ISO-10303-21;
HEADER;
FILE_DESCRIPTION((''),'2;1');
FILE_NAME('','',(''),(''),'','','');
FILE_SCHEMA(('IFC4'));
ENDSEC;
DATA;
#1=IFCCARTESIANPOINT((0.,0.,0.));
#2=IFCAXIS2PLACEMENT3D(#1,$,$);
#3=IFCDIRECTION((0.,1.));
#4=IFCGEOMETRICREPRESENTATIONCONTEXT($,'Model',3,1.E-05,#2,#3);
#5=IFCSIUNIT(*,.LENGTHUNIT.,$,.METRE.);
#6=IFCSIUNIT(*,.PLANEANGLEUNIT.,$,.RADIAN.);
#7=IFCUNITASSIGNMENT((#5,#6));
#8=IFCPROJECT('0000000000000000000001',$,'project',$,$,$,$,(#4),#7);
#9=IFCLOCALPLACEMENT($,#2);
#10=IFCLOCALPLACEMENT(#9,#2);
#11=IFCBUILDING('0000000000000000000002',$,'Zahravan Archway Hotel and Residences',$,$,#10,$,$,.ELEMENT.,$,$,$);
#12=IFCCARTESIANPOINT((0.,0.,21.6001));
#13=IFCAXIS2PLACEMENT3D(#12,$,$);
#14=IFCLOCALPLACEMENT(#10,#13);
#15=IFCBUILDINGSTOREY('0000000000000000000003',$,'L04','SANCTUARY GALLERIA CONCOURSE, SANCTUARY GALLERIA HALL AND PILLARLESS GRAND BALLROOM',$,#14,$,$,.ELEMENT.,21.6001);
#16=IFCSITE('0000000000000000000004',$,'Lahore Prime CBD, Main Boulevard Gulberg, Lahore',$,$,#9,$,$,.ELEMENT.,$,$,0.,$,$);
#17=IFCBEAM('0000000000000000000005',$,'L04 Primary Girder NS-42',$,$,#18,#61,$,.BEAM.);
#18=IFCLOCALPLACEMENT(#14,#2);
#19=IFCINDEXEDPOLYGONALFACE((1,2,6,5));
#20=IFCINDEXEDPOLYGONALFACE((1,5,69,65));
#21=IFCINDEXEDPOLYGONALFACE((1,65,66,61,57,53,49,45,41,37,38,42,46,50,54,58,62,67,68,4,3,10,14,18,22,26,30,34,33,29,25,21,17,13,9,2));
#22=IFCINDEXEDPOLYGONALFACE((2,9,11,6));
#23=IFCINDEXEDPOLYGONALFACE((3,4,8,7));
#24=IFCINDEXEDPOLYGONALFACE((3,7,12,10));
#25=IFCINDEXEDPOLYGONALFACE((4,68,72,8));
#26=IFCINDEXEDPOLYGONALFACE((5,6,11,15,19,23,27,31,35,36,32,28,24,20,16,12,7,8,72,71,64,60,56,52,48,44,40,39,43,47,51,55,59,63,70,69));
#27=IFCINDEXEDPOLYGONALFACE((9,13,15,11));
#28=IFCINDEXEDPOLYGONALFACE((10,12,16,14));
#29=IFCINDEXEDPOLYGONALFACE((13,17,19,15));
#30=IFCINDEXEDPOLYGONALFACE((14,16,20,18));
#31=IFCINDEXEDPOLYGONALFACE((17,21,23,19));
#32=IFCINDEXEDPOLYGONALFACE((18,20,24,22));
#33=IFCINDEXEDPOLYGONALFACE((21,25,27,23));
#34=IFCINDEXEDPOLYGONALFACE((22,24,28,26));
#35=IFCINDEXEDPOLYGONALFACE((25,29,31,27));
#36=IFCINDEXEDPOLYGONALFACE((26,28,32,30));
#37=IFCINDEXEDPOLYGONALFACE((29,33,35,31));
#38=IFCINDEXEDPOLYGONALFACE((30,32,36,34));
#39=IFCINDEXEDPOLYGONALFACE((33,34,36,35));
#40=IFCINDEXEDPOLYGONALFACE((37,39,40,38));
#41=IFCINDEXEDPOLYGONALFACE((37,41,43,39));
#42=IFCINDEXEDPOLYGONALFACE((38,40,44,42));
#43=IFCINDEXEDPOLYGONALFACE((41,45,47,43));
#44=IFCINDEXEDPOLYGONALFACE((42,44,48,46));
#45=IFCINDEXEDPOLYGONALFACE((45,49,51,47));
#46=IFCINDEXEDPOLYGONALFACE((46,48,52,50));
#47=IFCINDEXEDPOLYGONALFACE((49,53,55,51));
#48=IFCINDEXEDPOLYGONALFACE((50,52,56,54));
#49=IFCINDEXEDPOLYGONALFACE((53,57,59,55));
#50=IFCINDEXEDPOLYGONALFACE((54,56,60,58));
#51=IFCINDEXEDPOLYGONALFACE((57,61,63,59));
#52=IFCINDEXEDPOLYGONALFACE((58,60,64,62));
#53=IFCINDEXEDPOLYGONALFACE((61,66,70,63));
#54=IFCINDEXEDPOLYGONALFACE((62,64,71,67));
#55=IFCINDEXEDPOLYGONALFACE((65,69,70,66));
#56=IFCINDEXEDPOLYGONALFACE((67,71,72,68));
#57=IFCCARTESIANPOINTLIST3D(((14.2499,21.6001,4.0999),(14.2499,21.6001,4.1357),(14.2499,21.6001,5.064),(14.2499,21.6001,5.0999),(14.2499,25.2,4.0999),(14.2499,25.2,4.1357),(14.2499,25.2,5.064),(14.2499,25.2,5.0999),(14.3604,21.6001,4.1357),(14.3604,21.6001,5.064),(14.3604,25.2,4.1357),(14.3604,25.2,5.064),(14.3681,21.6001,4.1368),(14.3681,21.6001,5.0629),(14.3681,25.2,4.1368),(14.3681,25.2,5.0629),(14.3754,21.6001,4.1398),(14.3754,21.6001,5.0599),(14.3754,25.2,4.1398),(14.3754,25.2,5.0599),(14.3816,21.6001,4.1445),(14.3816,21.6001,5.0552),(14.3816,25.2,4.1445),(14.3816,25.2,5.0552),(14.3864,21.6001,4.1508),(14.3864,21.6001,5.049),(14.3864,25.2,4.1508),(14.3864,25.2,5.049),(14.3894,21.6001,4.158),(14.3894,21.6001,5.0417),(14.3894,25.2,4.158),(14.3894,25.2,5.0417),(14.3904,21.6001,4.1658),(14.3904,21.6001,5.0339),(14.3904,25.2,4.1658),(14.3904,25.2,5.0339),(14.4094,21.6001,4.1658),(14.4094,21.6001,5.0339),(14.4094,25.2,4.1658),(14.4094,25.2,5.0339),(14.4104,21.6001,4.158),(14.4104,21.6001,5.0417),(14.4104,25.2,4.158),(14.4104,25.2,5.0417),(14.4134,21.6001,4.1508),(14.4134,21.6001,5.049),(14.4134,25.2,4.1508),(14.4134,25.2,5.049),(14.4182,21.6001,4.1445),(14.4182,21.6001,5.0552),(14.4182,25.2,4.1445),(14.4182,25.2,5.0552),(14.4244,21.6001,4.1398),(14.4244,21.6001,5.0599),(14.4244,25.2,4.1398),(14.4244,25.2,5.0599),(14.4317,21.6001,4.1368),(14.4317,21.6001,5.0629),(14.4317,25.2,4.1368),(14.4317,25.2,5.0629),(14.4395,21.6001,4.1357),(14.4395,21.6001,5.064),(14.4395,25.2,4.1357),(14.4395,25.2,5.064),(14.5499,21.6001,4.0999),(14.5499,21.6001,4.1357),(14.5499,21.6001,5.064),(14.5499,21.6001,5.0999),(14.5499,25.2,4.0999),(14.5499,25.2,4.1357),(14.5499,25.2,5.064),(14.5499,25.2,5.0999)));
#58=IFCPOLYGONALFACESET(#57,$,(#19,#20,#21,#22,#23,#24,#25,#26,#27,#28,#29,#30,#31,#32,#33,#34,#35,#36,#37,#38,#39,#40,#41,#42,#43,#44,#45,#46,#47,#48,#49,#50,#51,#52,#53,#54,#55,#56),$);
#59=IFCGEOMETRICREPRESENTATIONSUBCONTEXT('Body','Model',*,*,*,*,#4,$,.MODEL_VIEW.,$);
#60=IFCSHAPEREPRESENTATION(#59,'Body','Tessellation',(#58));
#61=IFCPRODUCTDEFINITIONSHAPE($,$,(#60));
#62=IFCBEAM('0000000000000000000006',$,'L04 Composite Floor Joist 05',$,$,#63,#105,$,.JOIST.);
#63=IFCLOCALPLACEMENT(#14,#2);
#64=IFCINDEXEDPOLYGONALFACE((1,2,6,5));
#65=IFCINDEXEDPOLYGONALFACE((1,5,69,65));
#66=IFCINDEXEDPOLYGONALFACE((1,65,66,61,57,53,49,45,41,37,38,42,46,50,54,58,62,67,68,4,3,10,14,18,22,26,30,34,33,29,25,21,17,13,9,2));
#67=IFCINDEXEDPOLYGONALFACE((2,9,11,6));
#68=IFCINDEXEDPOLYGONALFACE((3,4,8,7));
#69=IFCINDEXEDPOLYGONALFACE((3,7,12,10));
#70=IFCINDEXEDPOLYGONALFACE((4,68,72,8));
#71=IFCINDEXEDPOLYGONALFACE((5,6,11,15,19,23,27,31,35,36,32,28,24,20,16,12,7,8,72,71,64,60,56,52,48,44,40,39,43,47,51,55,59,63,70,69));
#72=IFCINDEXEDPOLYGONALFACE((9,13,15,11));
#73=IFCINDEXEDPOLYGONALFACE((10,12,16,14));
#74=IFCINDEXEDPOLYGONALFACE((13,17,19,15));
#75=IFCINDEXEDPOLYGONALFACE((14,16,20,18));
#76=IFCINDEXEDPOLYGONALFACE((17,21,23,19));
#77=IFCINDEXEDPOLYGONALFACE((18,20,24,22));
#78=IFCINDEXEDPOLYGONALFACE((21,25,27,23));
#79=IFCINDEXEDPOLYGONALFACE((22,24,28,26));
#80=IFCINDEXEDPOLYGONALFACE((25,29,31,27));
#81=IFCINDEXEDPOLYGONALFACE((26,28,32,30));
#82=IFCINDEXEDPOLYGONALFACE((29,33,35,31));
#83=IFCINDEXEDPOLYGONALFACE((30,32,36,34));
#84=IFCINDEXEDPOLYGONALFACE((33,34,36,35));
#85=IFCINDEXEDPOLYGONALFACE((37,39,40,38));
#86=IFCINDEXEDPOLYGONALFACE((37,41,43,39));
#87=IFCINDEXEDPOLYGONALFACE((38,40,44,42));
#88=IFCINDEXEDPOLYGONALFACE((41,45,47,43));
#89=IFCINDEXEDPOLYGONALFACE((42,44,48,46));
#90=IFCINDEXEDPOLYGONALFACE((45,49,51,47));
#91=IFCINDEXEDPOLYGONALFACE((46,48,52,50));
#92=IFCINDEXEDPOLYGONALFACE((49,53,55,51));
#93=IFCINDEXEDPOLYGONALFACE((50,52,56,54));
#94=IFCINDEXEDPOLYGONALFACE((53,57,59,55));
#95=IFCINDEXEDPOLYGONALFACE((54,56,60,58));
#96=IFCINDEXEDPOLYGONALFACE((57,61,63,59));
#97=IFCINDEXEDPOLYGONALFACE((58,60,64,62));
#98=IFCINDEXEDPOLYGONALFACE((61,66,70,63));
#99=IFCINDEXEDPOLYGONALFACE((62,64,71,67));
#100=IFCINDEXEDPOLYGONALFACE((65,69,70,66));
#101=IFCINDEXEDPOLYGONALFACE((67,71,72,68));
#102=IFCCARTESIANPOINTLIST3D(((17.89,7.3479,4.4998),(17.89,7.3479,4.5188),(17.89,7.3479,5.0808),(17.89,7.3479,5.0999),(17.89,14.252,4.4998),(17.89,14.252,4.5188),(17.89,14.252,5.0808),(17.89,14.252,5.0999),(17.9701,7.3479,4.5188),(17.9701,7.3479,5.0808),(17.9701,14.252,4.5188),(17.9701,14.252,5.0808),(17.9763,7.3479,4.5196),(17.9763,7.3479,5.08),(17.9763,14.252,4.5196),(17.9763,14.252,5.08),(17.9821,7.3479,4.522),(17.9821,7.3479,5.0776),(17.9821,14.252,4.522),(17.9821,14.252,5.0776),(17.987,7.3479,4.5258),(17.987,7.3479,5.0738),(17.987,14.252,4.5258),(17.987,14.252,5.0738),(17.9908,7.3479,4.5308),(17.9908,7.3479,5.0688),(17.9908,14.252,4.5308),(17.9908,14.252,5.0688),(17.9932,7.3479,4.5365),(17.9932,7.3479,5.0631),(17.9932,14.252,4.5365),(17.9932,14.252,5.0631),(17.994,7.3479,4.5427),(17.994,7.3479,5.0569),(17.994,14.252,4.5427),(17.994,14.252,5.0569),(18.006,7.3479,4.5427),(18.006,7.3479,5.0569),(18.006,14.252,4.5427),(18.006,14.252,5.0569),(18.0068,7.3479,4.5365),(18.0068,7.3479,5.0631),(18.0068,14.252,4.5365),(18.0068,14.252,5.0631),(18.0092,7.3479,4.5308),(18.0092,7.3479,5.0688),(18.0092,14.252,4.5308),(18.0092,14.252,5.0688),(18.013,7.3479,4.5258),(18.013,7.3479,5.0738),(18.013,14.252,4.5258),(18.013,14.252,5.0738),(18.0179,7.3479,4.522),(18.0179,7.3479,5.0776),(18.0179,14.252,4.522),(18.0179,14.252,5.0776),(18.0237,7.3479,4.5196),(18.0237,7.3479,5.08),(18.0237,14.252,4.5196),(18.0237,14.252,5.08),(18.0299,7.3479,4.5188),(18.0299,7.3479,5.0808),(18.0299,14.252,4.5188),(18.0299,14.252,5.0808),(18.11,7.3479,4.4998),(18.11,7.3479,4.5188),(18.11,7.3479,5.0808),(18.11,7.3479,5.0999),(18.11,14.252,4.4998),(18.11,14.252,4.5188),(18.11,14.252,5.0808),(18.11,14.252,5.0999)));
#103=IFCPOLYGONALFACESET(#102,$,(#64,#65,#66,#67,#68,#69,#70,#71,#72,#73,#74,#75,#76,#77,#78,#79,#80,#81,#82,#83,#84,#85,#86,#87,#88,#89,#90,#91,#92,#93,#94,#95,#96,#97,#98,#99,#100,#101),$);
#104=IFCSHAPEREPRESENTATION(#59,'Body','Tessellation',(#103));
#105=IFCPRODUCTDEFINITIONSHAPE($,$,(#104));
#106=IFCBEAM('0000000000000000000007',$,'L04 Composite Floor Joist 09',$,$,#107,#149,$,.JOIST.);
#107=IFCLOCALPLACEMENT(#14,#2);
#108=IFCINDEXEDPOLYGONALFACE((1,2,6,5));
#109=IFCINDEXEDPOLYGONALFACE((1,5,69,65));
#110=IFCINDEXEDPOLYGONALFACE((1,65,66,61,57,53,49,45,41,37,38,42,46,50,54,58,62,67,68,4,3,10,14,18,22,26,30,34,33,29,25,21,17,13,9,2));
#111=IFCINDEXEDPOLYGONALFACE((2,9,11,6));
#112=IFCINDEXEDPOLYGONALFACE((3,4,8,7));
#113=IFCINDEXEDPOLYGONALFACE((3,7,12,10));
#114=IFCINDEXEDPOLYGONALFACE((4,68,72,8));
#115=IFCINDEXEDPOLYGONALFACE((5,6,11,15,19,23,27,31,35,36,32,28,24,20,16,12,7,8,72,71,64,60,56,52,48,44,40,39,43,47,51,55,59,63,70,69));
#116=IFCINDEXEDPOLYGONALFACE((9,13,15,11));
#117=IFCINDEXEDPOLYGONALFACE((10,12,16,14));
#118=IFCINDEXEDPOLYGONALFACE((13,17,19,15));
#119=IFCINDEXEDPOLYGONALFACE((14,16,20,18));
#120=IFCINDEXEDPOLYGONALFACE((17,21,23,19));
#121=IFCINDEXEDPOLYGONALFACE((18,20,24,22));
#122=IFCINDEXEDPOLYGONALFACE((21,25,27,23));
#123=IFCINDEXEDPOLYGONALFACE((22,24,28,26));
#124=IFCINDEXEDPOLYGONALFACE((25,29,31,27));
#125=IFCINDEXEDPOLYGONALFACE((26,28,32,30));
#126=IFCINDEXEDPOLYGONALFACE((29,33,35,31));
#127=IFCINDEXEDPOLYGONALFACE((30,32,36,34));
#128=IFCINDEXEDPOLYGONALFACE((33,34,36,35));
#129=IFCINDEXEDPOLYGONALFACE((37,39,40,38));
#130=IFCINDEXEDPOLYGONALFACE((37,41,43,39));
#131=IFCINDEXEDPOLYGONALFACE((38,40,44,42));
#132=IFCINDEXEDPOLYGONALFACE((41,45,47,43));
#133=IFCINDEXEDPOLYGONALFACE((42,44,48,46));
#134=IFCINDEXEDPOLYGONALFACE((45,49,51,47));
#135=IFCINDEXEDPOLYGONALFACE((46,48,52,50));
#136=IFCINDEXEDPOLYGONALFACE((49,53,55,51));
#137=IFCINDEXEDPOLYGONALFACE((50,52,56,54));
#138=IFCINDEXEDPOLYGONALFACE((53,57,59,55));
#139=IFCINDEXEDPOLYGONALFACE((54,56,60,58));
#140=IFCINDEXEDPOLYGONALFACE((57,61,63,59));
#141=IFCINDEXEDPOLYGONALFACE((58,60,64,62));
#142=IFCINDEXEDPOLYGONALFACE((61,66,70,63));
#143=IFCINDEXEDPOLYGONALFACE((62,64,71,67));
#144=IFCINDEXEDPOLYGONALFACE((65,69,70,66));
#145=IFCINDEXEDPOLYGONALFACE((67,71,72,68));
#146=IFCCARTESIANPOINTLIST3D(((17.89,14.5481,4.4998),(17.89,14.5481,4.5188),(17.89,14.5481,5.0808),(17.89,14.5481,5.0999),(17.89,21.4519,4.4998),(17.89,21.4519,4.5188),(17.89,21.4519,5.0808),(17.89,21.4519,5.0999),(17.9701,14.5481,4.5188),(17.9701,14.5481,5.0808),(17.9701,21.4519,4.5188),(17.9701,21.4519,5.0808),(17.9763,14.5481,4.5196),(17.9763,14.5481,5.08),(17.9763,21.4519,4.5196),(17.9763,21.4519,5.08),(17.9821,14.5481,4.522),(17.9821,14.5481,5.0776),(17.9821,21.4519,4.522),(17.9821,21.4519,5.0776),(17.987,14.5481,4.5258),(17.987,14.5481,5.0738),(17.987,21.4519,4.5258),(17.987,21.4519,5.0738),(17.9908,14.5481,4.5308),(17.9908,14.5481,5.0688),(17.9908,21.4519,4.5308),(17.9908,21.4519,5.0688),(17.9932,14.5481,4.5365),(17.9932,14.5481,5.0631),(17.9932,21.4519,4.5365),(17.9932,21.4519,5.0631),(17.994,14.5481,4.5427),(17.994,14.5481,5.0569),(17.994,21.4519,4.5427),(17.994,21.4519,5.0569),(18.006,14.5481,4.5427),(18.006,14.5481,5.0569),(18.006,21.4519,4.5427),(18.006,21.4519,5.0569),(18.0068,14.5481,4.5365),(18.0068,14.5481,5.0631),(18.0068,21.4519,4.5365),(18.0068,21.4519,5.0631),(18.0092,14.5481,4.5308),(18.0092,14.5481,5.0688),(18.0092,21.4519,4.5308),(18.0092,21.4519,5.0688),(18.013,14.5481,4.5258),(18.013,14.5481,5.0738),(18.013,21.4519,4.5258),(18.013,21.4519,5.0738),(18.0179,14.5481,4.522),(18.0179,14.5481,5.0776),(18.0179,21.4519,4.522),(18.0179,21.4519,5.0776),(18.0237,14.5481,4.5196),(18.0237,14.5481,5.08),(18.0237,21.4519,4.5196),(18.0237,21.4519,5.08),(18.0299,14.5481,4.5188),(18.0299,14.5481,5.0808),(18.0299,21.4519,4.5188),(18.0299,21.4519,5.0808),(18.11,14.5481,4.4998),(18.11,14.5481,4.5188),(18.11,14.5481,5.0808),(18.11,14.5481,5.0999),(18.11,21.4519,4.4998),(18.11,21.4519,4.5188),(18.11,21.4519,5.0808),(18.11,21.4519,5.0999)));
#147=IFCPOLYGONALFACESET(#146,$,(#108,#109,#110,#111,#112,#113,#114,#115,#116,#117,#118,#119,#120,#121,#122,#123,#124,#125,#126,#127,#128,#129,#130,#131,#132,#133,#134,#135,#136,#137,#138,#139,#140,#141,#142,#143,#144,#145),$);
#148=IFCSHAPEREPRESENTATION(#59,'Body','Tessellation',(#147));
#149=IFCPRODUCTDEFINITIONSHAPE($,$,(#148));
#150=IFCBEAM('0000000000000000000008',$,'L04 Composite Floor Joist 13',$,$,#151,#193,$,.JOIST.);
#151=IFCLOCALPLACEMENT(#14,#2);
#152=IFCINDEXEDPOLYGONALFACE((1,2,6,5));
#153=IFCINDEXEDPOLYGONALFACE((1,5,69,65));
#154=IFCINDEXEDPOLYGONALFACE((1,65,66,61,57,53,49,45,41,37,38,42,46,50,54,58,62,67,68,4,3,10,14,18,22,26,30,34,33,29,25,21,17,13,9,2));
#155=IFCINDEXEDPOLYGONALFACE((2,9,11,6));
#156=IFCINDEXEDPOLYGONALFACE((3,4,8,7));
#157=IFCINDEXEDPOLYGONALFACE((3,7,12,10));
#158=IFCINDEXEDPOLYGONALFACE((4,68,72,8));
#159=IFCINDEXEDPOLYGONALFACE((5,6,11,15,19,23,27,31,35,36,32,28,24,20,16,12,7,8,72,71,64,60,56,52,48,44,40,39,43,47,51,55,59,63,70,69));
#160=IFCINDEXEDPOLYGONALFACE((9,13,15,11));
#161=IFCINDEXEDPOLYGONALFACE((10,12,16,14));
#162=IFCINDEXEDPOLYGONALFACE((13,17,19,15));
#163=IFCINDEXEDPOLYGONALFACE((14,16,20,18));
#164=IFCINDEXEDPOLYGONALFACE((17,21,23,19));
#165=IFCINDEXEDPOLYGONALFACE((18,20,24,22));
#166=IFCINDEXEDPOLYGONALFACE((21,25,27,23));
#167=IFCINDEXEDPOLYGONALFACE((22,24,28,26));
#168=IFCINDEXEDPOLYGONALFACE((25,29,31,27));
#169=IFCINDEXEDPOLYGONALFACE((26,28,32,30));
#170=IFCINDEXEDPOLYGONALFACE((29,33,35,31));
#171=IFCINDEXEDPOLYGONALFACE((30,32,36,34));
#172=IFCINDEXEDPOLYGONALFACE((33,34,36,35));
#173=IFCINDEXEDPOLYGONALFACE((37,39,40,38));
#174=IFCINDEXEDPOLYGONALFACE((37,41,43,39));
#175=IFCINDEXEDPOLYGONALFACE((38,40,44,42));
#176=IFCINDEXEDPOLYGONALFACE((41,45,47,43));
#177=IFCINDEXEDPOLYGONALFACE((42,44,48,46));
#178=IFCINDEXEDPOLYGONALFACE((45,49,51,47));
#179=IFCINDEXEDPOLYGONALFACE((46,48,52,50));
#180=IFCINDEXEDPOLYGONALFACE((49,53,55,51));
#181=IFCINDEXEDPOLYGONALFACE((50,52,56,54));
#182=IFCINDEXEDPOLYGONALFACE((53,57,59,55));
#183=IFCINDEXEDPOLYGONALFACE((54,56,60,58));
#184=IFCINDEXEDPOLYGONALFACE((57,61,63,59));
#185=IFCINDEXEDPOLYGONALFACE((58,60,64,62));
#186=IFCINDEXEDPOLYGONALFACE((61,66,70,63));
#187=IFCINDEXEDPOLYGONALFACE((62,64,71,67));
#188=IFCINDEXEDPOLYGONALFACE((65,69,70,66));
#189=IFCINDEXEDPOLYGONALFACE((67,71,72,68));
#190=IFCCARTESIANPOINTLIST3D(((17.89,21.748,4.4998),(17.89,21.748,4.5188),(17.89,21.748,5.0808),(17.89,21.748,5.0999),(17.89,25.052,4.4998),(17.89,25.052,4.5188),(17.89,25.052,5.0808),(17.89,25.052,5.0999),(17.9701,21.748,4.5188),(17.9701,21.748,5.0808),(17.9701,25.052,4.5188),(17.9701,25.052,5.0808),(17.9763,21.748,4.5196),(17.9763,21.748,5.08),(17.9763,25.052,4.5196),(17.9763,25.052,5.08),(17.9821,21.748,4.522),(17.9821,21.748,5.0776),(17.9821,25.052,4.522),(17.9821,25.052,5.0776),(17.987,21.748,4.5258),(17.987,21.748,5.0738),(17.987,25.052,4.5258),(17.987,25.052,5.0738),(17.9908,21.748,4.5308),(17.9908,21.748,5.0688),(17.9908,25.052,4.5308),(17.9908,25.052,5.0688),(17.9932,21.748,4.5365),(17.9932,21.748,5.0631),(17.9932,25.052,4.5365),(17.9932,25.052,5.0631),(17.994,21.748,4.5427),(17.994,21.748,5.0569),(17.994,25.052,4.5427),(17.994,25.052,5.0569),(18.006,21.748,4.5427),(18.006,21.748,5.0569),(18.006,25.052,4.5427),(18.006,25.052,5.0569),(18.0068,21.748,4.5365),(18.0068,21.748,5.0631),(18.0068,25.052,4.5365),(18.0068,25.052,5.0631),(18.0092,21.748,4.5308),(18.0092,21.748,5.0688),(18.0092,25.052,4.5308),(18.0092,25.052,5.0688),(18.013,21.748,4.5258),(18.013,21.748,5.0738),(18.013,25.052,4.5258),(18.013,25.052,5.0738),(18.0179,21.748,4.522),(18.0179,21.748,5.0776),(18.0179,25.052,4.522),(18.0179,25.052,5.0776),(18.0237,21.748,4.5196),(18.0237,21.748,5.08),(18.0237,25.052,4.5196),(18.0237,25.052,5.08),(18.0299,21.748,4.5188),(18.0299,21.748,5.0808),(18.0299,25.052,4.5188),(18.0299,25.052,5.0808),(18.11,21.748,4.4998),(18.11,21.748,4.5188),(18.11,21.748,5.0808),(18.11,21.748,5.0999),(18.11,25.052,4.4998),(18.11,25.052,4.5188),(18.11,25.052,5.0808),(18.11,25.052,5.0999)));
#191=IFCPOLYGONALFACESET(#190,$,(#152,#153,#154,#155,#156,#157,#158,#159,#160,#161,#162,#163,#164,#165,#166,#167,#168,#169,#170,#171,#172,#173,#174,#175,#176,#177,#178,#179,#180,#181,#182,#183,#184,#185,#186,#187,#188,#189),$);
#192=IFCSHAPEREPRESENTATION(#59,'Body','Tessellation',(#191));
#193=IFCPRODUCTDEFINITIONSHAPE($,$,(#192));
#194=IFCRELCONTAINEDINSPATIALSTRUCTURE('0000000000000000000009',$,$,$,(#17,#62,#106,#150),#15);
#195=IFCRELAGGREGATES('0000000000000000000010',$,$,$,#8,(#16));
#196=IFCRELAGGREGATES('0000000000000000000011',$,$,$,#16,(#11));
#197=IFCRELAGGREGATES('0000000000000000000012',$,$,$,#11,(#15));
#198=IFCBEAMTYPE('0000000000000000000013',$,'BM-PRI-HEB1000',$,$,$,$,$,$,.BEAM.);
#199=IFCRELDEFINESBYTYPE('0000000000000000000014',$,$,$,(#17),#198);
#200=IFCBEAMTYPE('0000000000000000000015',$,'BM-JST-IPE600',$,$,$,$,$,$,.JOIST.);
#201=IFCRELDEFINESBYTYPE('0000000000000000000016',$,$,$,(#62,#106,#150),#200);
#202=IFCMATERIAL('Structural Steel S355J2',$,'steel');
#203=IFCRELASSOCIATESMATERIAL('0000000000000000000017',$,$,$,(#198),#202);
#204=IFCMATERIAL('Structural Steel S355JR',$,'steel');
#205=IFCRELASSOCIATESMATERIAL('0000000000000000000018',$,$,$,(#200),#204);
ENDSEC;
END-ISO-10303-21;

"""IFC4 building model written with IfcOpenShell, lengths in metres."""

from ifc_helpers import new_model, si_unit, direction, frame, origin, origin_2d, place, context, subcontext, project, spatial, i_section, extrude, source, transform, mapped, material, material_profile, profile_set, type_object, type_shapes, element, save


model = new_model("IFC4")

# Units and contexts
model_context = context("Model", 3, precision=1e-05, world=origin(), true_north=direction((0.0, 1.0)))
body_context = subcontext(model_context, "Body", "Model", "MODEL_VIEW")
ifc_project = project(units=[si_unit("LENGTHUNIT", "METRE"), si_unit("PLANEANGLEUNIT", "RADIAN")], contexts=[model_context])

# Site, building, storey
site_placement = place(None, origin())
site = spatial("IfcSite", under=ifc_project, at=site_placement, Name="Lahore Prime CBD, Main Boulevard Gulberg, Lahore", CompositionType="ELEMENT", RefElevation=0.0)
building_placement = place(site_placement, origin())
building = spatial("IfcBuilding", under=site, at=building_placement, Name="Zahravan Archway Hotel and Residences", CompositionType="ELEMENT")
storey_placement = place(building_placement, frame((0.0, 0.0, 21.6001)))
storey = spatial("IfcBuildingStorey", under=building, at=storey_placement, Name="L04", Description="SANCTUARY GALLERIA CONCOURSE, SANCTUARY GALLERIA HALL AND PILLARLESS GRAND BALLROOM", CompositionType="ELEMENT", Elevation=21.6001)

# Beams
ifc_material_1 = material(Name="Structural Steel S355J2", Category="steel")
ifc_material_profile_1 = material_profile(ifc_material_1, i_section(OverallWidth=0.3, OverallDepth=1.0, WebThickness=0.019, FlangeThickness=0.0359, FilletRadius=0.03, at=origin_2d()), Name="HEB 1000", Category="steel")
ifc_profile_set_1 = profile_set([ifc_material_profile_1], Name="Structural Steel S355J2")
beam_type_1 = type_object("IfcBeamType", Name="BM-PRI-HEB1000", PredefinedType="BEAM", material=ifc_profile_set_1)
shared_shape_1 = source(origin(), body_context, "Body", "SweptSolid", [
    extrude(i_section(OverallWidth=0.3, OverallDepth=1.0, WebThickness=0.019, FlangeThickness=0.0359, FilletRadius=0.03, at=origin_2d()), origin(), (0.0, 0.0, 1.0), 3.5999),
])
beam_1_placement = place(storey_placement, frame((14.3999, 21.6001, 4.5999), z_axis=(0.0, 1.0, 0.0), x_axis=(-1.0, 0.0, 0.0)))
element("IfcBeam", 1, at=beam_1_placement, inside=storey, type_object=beam_type_1, Name="L04 Primary Girder NS-42", PredefinedType="BEAM", context=body_context, shape_type="MappedRepresentation", body=[
    mapped(shared_shape_1, transform((0.0, 0.0, 0.0), scale=1.0)),
])
ifc_material_2 = material(Name="Structural Steel S355JR", Category="steel")
ifc_material_profile_2 = material_profile(ifc_material_2, i_section(OverallWidth=0.22, OverallDepth=0.6001, WebThickness=0.012, FlangeThickness=0.019, FilletRadius=0.0239, at=origin_2d()), Name="IPE 600", Category="steel")
ifc_profile_set_2 = profile_set([ifc_material_profile_2], Name="Structural Steel S355JR")
beam_type_2 = type_object("IfcBeamType", Name="BM-JST-IPE600", PredefinedType="JOIST", material=ifc_profile_set_2)
shared_shape_2 = source(origin(), body_context, "Body", "SweptSolid", [
    extrude(i_section(OverallWidth=0.22, OverallDepth=0.6001, WebThickness=0.012, FlangeThickness=0.019, FilletRadius=0.0239, at=origin_2d()), origin(), (0.0, 0.0, 1.0), 6.9041),
])
type_shapes(beam_type_2, [shared_shape_2])
beam_2_placement = place(storey_placement, frame((18.0, 7.3479, 4.7998), z_axis=(0.0, 1.0, 0.0), x_axis=(-1.0, 0.0, 0.0)))
element("IfcBeam", 2, at=beam_2_placement, inside=storey, type_object=beam_type_2, Name="L04 Composite Floor Joist 05", PredefinedType="JOIST", context=body_context, shape_type="MappedRepresentation", body=[
    mapped(shared_shape_2, transform((0.0, 0.0, 0.0), scale=1.0)),
])
shared_shape_3 = source(origin(), body_context, "Body", "SweptSolid", [
    extrude(i_section(OverallWidth=0.22, OverallDepth=0.6001, WebThickness=0.012, FlangeThickness=0.019, FilletRadius=0.0239, at=origin_2d()), origin(), (0.0, 0.0, 1.0), 6.9038),
])
beam_3_placement = place(storey_placement, frame((18.0, 14.5481, 4.7998), z_axis=(0.0, 1.0, 0.0), x_axis=(-1.0, 0.0, 0.0)))
element("IfcBeam", 3, at=beam_3_placement, inside=storey, type_object=beam_type_2, Name="L04 Composite Floor Joist 09", PredefinedType="JOIST", context=body_context, shape_type="MappedRepresentation", body=[
    mapped(shared_shape_3, transform((0.0, 0.0, 0.0), scale=1.0)),
])
shared_shape_4 = source(origin(), body_context, "Body", "SweptSolid", [
    extrude(i_section(OverallWidth=0.22, OverallDepth=0.6001, WebThickness=0.012, FlangeThickness=0.019, FilletRadius=0.0239, at=origin_2d()), origin(), (0.0, 0.0, 1.0), 3.304),
])
beam_4_placement = place(storey_placement, frame((18.0, 21.748, 4.7998), z_axis=(0.0, 1.0, 0.0), x_axis=(-1.0, 0.0, 0.0)))
element("IfcBeam", 4, at=beam_4_placement, inside=storey, type_object=beam_type_2, Name="L04 Composite Floor Joist 13", PredefinedType="JOIST", context=body_context, shape_type="MappedRepresentation", body=[
    mapped(shared_shape_4, transform((0.0, 0.0, 0.0), scale=1.0)),
])

save(model, "model.ifc")
